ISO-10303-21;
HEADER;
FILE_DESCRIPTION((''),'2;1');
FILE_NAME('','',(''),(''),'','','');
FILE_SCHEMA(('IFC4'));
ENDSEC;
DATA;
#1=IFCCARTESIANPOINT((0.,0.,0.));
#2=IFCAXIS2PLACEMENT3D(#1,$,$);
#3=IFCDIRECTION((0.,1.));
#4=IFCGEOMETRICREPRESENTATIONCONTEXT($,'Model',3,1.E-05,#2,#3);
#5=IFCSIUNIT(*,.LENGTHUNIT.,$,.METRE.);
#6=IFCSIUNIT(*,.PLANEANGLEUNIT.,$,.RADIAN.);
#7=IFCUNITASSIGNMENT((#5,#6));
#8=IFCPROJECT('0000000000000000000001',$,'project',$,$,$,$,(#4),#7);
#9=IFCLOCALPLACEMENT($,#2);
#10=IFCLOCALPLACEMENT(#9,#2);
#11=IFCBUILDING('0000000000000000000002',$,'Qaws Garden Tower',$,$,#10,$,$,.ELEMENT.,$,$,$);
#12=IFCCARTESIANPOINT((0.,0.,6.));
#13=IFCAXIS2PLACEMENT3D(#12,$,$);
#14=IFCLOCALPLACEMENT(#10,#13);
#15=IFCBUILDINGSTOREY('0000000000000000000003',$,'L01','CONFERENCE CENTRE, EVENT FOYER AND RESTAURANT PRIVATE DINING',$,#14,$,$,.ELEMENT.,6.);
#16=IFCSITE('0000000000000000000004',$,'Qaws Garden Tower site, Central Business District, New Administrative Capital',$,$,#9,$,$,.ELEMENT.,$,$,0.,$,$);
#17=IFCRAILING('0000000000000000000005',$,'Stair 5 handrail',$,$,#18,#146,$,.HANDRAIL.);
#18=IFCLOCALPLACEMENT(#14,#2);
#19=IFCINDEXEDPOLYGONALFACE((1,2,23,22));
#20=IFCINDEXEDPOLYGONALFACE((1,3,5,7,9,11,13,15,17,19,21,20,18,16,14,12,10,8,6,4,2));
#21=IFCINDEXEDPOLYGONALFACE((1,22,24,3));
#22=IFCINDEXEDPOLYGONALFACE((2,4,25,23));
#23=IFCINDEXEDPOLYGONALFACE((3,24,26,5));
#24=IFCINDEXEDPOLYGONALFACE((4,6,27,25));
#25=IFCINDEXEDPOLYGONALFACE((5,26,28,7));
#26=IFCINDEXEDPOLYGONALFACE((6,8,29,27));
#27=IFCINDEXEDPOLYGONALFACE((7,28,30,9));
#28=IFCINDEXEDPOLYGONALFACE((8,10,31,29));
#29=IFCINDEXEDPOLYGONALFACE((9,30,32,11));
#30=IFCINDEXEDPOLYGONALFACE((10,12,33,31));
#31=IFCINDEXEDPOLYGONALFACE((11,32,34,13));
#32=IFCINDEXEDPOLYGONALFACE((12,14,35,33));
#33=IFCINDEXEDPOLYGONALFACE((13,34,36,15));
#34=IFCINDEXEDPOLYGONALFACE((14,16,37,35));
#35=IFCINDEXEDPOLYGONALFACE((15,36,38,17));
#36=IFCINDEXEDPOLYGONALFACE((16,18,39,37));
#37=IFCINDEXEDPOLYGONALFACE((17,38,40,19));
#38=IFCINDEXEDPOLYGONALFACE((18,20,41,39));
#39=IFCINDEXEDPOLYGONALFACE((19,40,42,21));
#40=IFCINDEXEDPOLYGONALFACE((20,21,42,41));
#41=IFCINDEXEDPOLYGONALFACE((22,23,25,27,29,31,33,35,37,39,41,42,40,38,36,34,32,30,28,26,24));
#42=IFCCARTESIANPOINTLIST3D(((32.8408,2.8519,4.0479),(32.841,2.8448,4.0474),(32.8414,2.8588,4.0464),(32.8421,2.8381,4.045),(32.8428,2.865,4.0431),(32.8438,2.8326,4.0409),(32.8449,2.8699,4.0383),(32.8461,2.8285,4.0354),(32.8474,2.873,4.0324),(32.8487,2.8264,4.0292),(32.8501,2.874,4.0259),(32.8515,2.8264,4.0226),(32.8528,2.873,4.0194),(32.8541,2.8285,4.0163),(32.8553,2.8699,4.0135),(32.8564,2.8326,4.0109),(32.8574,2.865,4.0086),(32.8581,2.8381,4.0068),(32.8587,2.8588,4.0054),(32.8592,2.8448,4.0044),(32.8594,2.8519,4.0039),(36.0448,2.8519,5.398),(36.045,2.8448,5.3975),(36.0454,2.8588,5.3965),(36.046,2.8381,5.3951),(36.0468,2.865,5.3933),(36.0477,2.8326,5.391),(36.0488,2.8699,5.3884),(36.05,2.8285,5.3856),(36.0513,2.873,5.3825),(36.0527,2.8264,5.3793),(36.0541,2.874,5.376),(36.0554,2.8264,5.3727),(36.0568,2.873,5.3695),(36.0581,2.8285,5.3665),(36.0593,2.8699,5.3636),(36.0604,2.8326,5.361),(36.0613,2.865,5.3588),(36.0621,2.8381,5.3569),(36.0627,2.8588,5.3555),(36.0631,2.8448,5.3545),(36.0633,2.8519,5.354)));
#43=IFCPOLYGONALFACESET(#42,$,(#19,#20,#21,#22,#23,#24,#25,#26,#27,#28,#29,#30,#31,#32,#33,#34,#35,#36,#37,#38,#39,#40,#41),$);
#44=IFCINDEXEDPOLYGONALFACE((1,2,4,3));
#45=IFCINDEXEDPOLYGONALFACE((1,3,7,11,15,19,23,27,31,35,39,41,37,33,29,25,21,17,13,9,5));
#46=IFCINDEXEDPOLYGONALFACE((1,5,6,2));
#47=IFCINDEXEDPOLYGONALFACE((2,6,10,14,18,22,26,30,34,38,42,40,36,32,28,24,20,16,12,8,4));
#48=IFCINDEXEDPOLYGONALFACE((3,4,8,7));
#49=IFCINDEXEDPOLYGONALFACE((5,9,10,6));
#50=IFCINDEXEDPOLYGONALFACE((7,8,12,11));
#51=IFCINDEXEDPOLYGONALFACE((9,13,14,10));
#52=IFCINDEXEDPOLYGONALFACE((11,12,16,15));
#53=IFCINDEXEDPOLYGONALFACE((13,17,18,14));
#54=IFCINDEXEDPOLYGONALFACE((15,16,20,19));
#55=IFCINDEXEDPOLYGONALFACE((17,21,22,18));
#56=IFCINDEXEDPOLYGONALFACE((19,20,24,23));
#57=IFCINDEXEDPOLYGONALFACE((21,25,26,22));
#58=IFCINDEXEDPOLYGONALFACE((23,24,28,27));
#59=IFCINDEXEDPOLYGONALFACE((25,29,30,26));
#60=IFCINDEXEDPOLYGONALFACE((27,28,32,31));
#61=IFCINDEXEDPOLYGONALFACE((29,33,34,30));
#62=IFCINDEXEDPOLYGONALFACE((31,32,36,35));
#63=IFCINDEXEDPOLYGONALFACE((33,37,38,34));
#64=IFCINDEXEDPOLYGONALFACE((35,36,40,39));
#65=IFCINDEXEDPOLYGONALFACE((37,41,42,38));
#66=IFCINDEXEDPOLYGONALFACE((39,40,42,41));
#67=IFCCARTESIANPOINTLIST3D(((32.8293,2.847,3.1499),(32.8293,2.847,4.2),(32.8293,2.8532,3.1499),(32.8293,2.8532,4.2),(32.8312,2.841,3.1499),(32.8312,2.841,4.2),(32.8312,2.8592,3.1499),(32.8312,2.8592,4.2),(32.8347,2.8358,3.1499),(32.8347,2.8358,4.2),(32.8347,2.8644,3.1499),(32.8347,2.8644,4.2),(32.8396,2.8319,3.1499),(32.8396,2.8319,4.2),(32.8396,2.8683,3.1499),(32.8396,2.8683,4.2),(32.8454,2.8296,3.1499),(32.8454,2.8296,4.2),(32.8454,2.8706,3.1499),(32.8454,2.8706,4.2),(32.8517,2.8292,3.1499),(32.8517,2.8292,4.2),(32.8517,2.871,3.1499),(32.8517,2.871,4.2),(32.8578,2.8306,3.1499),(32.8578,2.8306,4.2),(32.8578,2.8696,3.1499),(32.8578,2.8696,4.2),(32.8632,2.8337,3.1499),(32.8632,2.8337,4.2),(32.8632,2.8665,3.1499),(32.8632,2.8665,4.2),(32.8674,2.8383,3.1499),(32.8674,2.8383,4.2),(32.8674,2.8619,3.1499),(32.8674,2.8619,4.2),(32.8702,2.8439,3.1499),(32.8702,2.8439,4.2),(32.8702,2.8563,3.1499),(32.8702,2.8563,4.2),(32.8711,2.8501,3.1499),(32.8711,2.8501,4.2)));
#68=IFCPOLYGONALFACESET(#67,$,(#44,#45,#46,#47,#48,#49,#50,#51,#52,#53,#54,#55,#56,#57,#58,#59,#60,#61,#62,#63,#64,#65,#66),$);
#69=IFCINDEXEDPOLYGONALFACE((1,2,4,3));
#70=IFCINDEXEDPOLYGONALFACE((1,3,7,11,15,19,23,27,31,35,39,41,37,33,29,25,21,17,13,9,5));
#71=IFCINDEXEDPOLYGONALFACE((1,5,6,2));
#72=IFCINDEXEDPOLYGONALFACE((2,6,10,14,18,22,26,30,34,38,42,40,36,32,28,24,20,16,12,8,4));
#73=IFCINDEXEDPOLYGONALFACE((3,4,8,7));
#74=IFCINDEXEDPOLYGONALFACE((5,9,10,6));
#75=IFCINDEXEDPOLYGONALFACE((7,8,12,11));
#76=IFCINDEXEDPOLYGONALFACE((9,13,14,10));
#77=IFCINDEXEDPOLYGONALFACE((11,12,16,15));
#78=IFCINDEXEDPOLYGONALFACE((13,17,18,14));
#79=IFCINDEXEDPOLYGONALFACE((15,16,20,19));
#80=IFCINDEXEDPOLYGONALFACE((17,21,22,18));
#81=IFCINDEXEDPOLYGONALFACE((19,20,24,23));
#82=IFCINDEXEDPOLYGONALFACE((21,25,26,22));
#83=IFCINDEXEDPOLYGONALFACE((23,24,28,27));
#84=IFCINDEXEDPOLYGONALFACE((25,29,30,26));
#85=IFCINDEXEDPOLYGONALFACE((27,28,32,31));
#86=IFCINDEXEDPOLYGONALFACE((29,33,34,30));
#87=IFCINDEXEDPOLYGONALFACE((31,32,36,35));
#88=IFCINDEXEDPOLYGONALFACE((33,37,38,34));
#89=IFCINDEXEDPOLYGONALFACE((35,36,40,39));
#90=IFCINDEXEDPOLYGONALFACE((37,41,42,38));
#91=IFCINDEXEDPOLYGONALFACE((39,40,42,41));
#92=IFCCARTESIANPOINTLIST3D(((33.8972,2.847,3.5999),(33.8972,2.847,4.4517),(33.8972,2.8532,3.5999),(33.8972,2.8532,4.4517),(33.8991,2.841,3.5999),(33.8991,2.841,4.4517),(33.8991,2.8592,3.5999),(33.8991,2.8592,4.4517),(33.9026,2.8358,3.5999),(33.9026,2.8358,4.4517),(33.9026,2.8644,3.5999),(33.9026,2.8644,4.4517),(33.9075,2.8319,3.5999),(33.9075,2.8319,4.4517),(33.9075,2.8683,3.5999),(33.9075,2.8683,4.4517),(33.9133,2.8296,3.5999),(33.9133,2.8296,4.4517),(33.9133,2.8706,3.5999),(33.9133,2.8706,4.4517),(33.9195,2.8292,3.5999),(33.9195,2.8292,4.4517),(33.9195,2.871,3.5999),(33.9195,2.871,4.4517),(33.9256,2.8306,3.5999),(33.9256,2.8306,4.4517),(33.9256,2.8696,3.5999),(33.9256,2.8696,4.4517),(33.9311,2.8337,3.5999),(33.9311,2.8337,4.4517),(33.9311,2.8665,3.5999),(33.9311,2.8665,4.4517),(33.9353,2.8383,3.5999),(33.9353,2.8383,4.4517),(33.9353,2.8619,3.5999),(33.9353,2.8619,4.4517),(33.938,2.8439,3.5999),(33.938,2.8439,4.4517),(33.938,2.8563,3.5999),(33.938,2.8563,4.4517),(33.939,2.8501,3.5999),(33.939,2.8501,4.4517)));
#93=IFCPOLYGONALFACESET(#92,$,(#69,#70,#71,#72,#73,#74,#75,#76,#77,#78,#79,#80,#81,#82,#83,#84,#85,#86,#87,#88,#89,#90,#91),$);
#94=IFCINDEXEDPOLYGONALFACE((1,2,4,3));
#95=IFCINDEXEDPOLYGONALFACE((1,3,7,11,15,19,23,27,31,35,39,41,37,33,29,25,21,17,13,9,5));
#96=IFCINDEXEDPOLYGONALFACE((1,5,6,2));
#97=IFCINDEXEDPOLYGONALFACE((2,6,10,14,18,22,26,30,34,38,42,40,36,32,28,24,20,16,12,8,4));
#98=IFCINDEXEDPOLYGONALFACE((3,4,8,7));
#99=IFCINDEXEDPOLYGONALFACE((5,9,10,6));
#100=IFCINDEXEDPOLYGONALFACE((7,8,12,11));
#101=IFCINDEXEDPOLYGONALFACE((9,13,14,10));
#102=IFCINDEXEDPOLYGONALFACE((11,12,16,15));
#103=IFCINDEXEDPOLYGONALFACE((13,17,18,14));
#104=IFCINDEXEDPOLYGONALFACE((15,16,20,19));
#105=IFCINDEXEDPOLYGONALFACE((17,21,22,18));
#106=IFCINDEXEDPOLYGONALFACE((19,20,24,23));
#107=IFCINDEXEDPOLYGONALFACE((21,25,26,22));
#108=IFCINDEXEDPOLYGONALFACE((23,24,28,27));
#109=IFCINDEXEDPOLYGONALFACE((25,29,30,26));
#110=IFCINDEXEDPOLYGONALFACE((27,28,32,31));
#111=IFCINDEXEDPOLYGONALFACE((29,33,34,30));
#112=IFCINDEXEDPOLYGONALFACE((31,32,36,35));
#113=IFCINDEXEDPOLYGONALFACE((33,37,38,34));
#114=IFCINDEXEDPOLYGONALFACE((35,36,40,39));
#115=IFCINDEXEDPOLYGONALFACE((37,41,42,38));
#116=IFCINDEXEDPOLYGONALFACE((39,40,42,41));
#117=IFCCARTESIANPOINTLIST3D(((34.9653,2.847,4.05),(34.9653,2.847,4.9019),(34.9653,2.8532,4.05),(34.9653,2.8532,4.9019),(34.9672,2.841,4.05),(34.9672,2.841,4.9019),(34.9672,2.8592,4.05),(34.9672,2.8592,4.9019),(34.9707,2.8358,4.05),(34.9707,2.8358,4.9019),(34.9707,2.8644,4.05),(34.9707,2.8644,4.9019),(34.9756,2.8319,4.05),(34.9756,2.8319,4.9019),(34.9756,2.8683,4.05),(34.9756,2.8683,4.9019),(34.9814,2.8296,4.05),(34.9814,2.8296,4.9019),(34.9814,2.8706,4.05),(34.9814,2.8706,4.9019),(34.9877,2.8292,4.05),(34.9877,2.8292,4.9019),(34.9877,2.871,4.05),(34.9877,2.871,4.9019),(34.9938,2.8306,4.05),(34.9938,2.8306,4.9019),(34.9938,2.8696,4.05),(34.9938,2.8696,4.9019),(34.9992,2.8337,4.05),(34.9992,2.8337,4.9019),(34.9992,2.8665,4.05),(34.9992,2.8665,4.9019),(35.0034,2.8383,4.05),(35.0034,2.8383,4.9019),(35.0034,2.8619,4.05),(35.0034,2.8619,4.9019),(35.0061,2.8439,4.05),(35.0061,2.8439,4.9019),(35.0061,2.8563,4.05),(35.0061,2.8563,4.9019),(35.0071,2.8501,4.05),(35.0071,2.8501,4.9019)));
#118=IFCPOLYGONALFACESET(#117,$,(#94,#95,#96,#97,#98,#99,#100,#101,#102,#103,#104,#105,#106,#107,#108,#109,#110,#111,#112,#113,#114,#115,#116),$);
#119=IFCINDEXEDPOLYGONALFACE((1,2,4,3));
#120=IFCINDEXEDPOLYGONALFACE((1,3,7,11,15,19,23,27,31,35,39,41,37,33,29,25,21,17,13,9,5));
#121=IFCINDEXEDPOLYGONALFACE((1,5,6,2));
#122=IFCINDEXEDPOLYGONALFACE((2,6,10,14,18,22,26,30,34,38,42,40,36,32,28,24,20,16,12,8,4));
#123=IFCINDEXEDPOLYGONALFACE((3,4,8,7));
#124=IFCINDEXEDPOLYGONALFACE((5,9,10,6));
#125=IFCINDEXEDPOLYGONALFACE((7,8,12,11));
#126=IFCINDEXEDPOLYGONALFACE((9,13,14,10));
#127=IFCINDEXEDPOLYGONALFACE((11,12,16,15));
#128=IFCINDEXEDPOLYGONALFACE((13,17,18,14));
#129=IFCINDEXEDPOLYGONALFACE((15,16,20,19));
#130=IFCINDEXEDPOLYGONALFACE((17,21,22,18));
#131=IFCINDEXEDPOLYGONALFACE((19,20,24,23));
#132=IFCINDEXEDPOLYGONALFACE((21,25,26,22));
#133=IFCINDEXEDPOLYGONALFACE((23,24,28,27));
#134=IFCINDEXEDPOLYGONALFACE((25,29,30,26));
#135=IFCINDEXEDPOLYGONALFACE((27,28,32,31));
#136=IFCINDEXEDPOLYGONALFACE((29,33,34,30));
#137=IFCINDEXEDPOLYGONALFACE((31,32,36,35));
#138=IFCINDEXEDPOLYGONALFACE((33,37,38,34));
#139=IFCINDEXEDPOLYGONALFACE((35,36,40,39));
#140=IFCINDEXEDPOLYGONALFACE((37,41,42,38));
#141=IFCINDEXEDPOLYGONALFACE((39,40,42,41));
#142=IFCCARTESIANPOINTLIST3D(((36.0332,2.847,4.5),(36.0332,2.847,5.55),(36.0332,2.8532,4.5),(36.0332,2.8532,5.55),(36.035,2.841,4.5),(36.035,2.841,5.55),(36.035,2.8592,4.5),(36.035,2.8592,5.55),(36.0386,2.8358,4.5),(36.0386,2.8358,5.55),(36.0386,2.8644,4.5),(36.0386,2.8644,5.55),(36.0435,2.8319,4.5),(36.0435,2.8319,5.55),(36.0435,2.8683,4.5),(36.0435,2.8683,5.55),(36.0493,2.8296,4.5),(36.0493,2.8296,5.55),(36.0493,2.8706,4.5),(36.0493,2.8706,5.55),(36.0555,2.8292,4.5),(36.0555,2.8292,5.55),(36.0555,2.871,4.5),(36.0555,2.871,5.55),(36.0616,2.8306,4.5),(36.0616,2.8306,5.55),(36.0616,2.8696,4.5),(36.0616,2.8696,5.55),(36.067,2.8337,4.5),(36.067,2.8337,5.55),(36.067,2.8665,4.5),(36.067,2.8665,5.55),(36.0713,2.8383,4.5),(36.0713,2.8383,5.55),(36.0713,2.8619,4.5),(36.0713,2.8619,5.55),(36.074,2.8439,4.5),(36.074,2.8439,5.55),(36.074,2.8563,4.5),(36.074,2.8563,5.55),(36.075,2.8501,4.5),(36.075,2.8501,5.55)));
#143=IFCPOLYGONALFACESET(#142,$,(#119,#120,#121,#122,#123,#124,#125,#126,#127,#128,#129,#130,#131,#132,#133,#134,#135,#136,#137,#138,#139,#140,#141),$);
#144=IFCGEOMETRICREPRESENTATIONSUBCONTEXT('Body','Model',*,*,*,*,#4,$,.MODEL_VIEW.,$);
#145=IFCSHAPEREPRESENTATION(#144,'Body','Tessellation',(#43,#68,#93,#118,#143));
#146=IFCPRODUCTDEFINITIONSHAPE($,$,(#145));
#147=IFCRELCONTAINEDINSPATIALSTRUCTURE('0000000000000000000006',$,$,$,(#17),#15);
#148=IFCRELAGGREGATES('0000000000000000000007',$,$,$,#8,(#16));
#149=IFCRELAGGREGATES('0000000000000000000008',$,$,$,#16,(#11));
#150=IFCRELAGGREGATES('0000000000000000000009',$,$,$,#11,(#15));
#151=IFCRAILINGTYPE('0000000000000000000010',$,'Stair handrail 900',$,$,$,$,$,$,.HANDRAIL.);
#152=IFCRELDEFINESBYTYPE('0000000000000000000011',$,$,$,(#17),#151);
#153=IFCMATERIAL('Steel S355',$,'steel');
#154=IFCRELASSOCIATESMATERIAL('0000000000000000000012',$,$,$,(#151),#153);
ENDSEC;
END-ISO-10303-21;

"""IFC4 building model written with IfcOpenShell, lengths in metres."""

from ifc_helpers import new_model, si_unit, direction, frame, origin, origin_2d, place, context, subcontext, project, spatial, circle, extrude, material, type_object, element, save


model = new_model("IFC4")

# Units and contexts
model_context = context("Model", 3, precision=1e-05, world=origin(), true_north=direction((0.0, 1.0)))
body_context = subcontext(model_context, "Body", "Model", "MODEL_VIEW")
ifc_project = project(units=[si_unit("LENGTHUNIT", "METRE"), si_unit("PLANEANGLEUNIT", "RADIAN")], contexts=[model_context])

# Site, building, storey
site_placement = place(None, origin())
site = spatial("IfcSite", under=ifc_project, at=site_placement, Name="Qaws Garden Tower site, Central Business District, New Administrative Capital", CompositionType="ELEMENT", RefElevation=0.0)
building_placement = place(site_placement, origin())
building = spatial("IfcBuilding", under=site, at=building_placement, Name="Qaws Garden Tower", CompositionType="ELEMENT")
storey_placement = place(building_placement, frame((0.0, 0.0, 6.0)))
storey = spatial("IfcBuildingStorey", under=building, at=storey_placement, Name="L01", Description="CONFERENCE CENTRE, EVENT FOYER AND RESTAURANT PRIVATE DINING", CompositionType="ELEMENT", Elevation=6.0)

# Railing
ifc_material_1 = material(Name="Steel S355", Category="steel")
railing_type = type_object("IfcRailingType", Name="Stair handrail 900", PredefinedType="HANDRAIL", material=ifc_material_1)
railing_1_placement = place(storey_placement, frame((32.8501, 2.8501, 3.1499)))
element("IfcRailing", 1, at=railing_1_placement, inside=storey, type_object=railing_type, Name="Stair 5 handrail", PredefinedType="HANDRAIL", context=body_context, shape_type="SweptSolid", body=[
    extrude(circle(Radius=0.0239, at=origin_2d()), frame((0.0, 0.0, 0.876), z_axis=(0.921522, 0.0, 0.388327), x_axis=(0.0, 1.0, 0.0)), (0.0, 0.0, 1.0), 3.4768),
    extrude(circle(Radius=0.021, at=origin_2d()), origin(), (0.0, 0.0, 1.0), 1.05),
    extrude(circle(Radius=0.021, at=origin_2d()), frame((1.0679, 0.0, 0.45)), (0.0, 0.0, 1.0), 0.8518),
    extrude(circle(Radius=0.021, at=origin_2d()), frame((2.136, 0.0, 0.9001)), (0.0, 0.0, 1.0), 0.8518),
    extrude(circle(Radius=0.021, at=origin_2d()), frame((3.2039, 0.0, 1.3501)), (0.0, 0.0, 1.0), 1.05),
])

save(model, "model.ifc")
